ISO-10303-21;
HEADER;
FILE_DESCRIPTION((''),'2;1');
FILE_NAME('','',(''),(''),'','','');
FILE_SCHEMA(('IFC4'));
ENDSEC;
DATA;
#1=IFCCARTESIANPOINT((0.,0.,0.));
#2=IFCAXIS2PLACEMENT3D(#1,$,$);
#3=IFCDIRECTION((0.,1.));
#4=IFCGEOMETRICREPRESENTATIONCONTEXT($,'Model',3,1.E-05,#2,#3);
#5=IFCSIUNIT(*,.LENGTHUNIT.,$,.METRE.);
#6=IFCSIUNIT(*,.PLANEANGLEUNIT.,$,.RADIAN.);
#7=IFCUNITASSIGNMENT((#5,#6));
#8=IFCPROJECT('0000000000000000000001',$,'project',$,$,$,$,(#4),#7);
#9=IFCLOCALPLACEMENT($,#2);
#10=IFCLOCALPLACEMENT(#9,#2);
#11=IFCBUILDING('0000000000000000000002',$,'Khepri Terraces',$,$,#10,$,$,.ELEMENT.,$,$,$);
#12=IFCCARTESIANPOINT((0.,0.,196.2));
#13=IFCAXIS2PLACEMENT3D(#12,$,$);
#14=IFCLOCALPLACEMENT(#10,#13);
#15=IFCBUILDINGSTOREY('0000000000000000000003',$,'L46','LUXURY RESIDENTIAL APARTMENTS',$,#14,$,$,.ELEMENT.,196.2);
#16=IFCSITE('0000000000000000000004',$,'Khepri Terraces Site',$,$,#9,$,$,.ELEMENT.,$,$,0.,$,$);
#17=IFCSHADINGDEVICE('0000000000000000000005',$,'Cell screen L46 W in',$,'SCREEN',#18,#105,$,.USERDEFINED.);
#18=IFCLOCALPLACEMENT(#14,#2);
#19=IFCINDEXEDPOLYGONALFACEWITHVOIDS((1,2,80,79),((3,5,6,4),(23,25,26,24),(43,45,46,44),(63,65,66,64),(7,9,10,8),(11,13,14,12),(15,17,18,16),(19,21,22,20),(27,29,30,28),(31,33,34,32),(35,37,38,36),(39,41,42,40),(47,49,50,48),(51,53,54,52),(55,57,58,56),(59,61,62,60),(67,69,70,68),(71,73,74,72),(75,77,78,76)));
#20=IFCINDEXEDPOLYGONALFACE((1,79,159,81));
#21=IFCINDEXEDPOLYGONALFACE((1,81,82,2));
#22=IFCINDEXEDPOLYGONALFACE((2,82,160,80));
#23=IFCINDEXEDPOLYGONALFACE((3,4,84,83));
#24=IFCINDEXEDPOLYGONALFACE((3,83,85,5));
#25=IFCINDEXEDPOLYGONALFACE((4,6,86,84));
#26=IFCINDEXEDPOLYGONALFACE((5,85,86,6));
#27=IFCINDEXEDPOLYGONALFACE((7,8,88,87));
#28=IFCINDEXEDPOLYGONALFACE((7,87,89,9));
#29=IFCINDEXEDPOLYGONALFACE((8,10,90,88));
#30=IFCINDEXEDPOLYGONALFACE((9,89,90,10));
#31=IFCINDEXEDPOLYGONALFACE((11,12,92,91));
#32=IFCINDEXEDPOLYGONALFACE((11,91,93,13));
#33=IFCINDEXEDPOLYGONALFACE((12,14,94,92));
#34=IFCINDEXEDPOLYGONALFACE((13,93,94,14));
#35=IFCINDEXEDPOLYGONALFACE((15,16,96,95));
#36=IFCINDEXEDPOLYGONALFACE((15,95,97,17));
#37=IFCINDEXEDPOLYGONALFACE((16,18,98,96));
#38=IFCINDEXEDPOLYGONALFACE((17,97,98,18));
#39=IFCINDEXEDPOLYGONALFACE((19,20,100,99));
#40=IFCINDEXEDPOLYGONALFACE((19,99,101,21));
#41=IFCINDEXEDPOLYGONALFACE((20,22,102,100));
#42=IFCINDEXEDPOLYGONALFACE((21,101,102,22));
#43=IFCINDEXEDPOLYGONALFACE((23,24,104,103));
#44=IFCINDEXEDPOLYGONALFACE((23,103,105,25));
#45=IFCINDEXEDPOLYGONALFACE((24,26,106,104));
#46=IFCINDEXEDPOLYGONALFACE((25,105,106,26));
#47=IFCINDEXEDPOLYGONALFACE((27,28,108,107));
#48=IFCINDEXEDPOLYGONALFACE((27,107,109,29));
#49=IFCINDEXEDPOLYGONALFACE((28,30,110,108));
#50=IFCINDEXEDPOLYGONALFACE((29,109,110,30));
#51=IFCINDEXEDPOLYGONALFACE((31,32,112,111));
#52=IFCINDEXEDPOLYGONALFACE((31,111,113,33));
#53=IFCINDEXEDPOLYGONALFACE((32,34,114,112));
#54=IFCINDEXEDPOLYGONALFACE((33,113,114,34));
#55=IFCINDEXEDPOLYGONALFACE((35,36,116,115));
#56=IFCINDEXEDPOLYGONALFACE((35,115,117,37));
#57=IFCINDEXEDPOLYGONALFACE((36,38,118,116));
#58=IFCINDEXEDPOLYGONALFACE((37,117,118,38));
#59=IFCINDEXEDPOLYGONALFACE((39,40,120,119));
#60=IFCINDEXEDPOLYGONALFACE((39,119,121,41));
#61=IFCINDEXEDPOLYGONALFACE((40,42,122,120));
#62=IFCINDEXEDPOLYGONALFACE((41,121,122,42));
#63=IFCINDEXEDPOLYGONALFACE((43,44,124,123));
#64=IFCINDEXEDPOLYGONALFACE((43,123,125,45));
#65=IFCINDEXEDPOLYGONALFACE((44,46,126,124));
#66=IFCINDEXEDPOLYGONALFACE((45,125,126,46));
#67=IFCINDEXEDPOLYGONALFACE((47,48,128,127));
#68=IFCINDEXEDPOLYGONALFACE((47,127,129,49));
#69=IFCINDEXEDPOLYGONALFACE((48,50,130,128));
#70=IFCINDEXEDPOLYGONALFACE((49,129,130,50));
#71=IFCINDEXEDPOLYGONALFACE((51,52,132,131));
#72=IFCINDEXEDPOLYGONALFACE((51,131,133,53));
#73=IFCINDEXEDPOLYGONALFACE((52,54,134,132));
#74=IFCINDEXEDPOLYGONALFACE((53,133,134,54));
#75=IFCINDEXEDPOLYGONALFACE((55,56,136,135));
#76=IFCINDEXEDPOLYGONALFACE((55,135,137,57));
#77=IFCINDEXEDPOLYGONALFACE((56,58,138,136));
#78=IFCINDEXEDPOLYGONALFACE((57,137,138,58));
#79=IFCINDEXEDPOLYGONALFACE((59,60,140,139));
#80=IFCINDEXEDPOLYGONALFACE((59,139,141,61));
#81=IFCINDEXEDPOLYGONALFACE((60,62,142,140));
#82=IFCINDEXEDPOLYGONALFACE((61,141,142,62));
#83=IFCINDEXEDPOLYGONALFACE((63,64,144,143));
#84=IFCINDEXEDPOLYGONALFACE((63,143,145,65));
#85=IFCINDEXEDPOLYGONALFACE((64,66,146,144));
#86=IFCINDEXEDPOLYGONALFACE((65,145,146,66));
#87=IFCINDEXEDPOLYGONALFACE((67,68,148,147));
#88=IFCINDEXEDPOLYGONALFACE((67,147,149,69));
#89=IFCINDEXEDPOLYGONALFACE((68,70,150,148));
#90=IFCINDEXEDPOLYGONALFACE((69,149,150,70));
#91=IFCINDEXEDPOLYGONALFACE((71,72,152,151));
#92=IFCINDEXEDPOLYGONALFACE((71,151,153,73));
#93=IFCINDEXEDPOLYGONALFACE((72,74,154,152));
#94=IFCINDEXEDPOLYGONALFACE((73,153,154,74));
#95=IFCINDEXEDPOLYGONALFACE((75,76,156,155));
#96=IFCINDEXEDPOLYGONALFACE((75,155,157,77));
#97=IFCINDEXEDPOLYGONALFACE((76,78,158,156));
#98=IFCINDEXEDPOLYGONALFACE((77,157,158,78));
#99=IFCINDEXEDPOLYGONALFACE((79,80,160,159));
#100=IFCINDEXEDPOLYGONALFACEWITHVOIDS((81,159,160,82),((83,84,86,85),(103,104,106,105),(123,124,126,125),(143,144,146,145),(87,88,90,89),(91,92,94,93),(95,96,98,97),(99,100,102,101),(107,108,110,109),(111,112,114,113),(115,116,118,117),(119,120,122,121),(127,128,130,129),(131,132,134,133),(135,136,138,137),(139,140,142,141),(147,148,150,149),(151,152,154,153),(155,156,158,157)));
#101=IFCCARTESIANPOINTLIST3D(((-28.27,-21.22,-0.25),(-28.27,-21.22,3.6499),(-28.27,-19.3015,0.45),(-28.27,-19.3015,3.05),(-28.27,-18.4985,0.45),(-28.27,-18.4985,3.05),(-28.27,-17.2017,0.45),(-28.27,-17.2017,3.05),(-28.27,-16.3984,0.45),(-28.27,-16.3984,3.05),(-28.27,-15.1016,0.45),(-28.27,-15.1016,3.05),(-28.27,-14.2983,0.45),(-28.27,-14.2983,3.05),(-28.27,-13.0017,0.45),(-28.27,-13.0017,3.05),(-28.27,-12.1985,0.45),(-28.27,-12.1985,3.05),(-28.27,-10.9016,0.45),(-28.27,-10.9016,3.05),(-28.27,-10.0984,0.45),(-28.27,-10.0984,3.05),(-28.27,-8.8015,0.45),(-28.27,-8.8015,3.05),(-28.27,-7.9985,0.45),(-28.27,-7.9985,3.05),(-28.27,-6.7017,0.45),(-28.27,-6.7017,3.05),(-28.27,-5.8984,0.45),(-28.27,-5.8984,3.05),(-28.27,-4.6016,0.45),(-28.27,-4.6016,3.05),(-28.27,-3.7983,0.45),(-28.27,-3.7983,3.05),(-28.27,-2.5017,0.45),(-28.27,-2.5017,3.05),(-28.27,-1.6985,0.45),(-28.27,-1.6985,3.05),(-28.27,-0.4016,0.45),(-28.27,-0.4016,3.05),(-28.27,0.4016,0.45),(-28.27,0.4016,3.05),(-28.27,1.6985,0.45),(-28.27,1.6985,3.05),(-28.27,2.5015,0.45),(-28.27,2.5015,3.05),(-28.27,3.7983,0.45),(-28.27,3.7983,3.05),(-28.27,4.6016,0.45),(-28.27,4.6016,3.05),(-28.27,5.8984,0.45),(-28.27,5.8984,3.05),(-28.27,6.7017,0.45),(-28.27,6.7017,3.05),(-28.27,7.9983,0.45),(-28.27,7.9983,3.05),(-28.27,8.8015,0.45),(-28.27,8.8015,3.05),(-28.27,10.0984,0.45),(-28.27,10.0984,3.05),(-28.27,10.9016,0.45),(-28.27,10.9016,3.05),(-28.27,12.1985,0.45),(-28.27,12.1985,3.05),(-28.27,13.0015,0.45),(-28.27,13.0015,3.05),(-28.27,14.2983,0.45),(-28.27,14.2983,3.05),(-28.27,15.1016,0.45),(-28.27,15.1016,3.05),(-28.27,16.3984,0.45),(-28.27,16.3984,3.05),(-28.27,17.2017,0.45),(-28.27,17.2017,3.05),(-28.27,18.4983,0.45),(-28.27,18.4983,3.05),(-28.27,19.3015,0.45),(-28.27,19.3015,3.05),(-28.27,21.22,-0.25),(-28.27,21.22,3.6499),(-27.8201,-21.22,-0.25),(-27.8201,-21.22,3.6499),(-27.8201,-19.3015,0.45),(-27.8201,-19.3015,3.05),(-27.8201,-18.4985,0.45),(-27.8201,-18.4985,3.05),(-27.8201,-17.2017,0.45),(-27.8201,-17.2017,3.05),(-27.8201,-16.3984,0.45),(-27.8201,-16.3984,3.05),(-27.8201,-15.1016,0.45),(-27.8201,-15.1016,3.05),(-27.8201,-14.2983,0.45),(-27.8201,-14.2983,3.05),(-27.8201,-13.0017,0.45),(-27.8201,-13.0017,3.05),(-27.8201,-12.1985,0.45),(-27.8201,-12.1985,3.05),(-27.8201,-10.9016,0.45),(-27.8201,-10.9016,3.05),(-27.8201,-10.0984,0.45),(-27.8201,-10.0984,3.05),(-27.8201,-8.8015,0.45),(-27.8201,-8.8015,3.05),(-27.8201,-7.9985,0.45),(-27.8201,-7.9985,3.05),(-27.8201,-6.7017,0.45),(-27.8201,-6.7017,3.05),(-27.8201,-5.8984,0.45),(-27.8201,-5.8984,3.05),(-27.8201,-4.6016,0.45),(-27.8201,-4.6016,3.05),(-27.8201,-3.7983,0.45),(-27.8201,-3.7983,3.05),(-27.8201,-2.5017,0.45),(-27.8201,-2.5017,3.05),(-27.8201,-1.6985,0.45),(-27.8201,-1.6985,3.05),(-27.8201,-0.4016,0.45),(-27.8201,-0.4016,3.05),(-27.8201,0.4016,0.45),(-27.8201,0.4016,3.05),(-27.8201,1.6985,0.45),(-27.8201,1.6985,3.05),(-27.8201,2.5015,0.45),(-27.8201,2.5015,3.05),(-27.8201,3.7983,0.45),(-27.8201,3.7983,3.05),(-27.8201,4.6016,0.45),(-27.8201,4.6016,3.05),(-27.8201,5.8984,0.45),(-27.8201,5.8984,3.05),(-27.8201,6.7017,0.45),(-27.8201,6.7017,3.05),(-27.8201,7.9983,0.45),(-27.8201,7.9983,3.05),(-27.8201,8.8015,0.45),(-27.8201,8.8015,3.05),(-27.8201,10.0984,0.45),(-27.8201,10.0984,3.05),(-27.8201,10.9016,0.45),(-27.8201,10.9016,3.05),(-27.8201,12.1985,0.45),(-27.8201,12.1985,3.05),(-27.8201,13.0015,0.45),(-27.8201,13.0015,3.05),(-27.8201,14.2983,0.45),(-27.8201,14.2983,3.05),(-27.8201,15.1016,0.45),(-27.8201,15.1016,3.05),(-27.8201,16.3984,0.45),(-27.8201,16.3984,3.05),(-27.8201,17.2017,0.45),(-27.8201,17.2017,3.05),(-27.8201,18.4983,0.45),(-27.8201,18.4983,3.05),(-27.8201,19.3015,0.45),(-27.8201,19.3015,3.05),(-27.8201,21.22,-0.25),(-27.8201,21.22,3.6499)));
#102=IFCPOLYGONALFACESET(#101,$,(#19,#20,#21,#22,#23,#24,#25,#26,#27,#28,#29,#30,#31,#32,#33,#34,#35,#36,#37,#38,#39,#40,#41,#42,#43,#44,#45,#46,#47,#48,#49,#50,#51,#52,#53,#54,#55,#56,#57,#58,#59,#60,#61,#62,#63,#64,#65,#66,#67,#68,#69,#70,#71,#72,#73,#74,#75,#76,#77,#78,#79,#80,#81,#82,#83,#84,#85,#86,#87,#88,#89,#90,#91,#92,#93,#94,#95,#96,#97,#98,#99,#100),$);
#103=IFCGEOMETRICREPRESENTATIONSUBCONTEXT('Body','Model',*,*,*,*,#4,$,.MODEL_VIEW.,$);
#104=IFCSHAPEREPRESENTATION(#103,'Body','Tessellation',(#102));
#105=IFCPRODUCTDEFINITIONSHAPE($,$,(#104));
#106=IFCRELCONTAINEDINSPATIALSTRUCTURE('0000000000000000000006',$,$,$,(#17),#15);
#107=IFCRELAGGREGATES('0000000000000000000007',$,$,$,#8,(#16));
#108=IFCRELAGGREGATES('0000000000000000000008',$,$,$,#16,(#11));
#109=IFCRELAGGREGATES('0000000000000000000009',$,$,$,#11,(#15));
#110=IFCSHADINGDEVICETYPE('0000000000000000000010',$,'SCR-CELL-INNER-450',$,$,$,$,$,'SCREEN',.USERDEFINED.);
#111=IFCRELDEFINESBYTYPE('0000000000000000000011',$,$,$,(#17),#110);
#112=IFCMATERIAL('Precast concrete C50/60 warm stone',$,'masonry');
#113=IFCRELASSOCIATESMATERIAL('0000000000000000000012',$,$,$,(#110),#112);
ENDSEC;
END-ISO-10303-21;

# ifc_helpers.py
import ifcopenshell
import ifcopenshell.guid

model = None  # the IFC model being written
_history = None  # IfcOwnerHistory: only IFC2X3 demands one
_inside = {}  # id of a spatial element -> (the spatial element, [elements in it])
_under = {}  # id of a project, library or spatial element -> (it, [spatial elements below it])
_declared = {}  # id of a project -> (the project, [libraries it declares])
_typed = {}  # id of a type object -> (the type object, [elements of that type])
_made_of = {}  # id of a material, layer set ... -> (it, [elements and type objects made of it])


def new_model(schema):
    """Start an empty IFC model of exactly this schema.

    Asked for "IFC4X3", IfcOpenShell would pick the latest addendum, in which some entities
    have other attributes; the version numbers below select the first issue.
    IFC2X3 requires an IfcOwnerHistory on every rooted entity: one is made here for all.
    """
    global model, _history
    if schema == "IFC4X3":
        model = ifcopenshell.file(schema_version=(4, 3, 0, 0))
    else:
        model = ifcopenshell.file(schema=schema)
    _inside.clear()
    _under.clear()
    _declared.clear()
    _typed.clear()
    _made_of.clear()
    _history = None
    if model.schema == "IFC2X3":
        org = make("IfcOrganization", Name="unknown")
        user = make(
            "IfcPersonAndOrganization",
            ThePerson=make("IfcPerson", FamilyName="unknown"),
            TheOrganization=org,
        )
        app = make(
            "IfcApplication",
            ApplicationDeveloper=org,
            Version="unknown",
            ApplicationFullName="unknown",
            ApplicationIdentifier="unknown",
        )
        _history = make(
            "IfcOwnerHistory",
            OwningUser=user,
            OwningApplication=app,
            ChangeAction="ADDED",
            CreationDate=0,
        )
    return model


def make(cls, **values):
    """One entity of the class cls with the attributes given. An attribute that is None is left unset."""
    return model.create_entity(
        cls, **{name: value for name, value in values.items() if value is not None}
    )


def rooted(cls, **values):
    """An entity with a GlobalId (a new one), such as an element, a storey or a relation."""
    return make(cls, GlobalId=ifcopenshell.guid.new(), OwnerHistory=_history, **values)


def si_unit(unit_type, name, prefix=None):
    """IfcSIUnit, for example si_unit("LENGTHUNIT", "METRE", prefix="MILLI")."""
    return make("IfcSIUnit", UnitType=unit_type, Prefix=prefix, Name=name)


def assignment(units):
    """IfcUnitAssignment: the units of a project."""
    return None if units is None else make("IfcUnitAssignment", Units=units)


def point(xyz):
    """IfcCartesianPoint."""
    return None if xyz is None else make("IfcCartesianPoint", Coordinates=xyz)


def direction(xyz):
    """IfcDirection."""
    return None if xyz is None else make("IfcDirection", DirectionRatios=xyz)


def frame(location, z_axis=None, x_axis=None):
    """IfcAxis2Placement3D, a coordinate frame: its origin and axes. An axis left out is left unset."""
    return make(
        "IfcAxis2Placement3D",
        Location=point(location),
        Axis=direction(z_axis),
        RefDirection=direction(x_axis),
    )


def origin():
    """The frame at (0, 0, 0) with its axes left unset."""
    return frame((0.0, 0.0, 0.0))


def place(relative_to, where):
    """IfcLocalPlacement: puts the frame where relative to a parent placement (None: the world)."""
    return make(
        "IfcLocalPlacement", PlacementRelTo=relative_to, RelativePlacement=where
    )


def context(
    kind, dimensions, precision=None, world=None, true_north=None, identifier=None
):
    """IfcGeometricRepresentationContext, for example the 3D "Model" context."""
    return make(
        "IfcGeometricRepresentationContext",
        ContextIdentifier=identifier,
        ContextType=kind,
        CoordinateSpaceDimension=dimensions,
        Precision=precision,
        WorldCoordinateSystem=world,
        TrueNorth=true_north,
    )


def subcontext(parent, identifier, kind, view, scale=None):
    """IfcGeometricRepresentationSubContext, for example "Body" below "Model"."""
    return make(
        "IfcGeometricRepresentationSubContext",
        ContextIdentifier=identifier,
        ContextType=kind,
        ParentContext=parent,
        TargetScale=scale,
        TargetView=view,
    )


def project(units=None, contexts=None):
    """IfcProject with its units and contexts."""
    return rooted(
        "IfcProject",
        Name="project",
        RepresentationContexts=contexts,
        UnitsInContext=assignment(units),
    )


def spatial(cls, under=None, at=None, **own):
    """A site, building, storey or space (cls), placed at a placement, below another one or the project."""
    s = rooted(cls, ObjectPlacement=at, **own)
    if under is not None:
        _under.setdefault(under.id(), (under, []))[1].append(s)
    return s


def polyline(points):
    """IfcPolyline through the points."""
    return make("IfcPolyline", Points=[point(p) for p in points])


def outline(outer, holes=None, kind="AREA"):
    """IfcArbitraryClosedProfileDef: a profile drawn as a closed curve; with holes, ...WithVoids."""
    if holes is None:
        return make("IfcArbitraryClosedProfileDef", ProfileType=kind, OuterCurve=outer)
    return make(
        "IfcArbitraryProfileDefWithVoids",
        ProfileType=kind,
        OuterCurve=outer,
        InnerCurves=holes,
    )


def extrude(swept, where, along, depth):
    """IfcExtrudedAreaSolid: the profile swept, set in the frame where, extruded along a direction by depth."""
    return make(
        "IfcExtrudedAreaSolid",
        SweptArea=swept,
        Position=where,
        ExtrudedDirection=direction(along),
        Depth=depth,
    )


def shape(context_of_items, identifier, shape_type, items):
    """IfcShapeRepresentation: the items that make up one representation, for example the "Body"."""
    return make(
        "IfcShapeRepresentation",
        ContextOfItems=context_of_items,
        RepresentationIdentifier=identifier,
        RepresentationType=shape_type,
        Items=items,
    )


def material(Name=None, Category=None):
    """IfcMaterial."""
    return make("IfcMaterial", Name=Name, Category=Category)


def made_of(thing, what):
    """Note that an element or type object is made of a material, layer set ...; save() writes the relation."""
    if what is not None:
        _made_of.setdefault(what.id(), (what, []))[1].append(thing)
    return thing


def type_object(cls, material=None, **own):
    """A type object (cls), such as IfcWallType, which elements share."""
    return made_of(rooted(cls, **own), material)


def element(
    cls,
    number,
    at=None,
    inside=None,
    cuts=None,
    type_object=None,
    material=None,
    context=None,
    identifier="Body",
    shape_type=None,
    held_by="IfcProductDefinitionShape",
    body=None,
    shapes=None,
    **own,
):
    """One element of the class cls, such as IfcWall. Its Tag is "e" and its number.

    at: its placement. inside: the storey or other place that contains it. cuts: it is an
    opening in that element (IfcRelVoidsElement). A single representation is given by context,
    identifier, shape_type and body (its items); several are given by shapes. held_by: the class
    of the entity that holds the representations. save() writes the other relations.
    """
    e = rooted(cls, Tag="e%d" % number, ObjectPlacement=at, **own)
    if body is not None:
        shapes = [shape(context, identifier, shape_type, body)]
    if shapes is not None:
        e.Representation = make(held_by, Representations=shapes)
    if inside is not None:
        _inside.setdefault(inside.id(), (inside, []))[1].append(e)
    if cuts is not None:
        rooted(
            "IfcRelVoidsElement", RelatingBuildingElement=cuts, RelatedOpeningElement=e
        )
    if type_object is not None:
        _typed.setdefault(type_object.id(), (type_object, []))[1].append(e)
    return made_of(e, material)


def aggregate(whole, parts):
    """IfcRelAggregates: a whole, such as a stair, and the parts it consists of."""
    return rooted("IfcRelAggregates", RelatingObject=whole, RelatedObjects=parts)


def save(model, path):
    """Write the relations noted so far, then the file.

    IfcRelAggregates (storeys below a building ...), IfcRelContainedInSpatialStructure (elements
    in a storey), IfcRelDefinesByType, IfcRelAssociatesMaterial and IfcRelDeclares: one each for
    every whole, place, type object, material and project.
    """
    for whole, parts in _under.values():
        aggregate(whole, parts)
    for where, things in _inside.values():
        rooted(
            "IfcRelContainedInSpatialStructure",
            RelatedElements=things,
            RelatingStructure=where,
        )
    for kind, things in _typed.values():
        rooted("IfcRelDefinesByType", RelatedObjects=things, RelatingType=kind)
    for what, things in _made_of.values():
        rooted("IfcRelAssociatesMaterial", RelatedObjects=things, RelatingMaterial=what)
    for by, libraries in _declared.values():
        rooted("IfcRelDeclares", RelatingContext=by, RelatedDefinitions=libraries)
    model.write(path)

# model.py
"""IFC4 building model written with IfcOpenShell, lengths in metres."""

from ifc_helpers import new_model, si_unit, direction, frame, origin, place, context, subcontext, project, spatial, polyline, outline, extrude, material, type_object, element, save


model = new_model("IFC4")

# Units and contexts
model_context = context("Model", 3, precision=1e-05, world=origin(), true_north=direction((0.0, 1.0)))
body_context = subcontext(model_context, "Body", "Model", "MODEL_VIEW")
ifc_project = project(units=[si_unit("LENGTHUNIT", "METRE"), si_unit("PLANEANGLEUNIT", "RADIAN")], contexts=[model_context])

# Site, building, storey
site_placement = place(None, origin())
site = spatial("IfcSite", under=ifc_project, at=site_placement, Name="Khepri Terraces Site", CompositionType="ELEMENT", RefElevation=0.0)
building_placement = place(site_placement, origin())
building = spatial("IfcBuilding", under=site, at=building_placement, Name="Khepri Terraces", CompositionType="ELEMENT")
storey_placement = place(building_placement, frame((0.0, 0.0, 196.2)))
storey = spatial("IfcBuildingStorey", under=building, at=storey_placement, Name="L46", Description="LUXURY RESIDENTIAL APARTMENTS", CompositionType="ELEMENT", Elevation=196.2)

# Shared definitions
ifc_material_1 = material(Name="Precast concrete C50/60 warm stone", Category="masonry")

# Shading device
shading_device_type_1 = type_object("IfcShadingDeviceType", Name="SCR-CELL-INNER-450", ElementType="SCREEN", PredefinedType="USERDEFINED", material=ifc_material_1)
shading_device_1_placement = place(storey_placement, frame((-27.8201, 21.22, -0.25), z_axis=(-1.0, 0.0, 0.0), x_axis=(0.0, -1.0, 0.0)))
element("IfcShadingDevice", 1, at=shading_device_1_placement, inside=storey, type_object=shading_device_type_1, Name="Cell screen L46 W in", ObjectType="SCREEN", PredefinedType="USERDEFINED", context=body_context, shape_type="SweptSolid", body=[
    extrude(outline(polyline([(0.0, 0.0), (42.4399, 0.0), (42.4399, 3.8999), (0.0, 3.8999), (0.0, 0.0)]), holes=[polyline([(1.9185, 0.7), (2.7217, 0.7), (2.7217, 3.3), (1.9185, 3.3), (1.9185, 0.7)]), polyline([(4.0183, 0.7), (4.8215, 0.7), (4.8215, 3.3), (4.0183, 3.3), (4.0183, 0.7)]), polyline([(6.1184, 0.7), (6.9216, 0.7), (6.9216, 3.3), (6.1184, 3.3), (6.1184, 0.7)]), polyline([(8.2185, 0.7), (9.0215, 0.7), (9.0215, 3.3), (8.2185, 3.3), (8.2185, 0.7)]), polyline([(10.3184, 0.7), (11.1216, 0.7), (11.1216, 3.3), (10.3184, 3.3), (10.3184, 0.7)]), polyline([(12.4185, 0.7), (13.2217, 0.7), (13.2217, 3.3), (12.4185, 3.3), (12.4185, 0.7)]), polyline([(14.5183, 0.7), (15.3215, 0.7), (15.3215, 3.3), (14.5183, 3.3), (14.5183, 0.7)]), polyline([(16.6184, 0.7), (17.4216, 0.7), (17.4216, 3.3), (16.6184, 3.3), (16.6184, 0.7)]), polyline([(18.7185, 0.7), (19.5215, 0.7), (19.5215, 3.3), (18.7185, 3.3), (18.7185, 0.7)]), polyline([(20.8184, 0.7), (21.6216, 0.7), (21.6216, 3.3), (20.8184, 3.3), (20.8184, 0.7)]), polyline([(22.9185, 0.7), (23.7217, 0.7), (23.7217, 3.3), (22.9185, 3.3), (22.9185, 0.7)]), polyline([(25.0183, 0.7), (25.8215, 0.7), (25.8215, 3.3), (25.0183, 3.3), (25.0183, 0.7)]), polyline([(27.1184, 0.7), (27.9216, 0.7), (27.9216, 3.3), (27.1184, 3.3), (27.1184, 0.7)]), polyline([(29.2185, 0.7), (30.0215, 0.7), (30.0215, 3.3), (29.2185, 3.3), (29.2185, 0.7)]), polyline([(31.3184, 0.7), (32.1216, 0.7), (32.1216, 3.3), (31.3184, 3.3), (31.3184, 0.7)]), polyline([(33.4185, 0.7), (34.2217, 0.7), (34.2217, 3.3), (33.4185, 3.3), (33.4185, 0.7)]), polyline([(35.5183, 0.7), (36.3215, 0.7), (36.3215, 3.3), (35.5183, 3.3), (35.5183, 0.7)]), polyline([(37.6184, 0.7), (38.4216, 0.7), (38.4216, 3.3), (37.6184, 3.3), (37.6184, 0.7)]), polyline([(39.7185, 0.7), (40.5215, 0.7), (40.5215, 3.3), (39.7185, 3.3), (39.7185, 0.7)])]), origin(), (0.0, 0.0, 1.0), 0.45),
])

save(model, "model.ifc")
